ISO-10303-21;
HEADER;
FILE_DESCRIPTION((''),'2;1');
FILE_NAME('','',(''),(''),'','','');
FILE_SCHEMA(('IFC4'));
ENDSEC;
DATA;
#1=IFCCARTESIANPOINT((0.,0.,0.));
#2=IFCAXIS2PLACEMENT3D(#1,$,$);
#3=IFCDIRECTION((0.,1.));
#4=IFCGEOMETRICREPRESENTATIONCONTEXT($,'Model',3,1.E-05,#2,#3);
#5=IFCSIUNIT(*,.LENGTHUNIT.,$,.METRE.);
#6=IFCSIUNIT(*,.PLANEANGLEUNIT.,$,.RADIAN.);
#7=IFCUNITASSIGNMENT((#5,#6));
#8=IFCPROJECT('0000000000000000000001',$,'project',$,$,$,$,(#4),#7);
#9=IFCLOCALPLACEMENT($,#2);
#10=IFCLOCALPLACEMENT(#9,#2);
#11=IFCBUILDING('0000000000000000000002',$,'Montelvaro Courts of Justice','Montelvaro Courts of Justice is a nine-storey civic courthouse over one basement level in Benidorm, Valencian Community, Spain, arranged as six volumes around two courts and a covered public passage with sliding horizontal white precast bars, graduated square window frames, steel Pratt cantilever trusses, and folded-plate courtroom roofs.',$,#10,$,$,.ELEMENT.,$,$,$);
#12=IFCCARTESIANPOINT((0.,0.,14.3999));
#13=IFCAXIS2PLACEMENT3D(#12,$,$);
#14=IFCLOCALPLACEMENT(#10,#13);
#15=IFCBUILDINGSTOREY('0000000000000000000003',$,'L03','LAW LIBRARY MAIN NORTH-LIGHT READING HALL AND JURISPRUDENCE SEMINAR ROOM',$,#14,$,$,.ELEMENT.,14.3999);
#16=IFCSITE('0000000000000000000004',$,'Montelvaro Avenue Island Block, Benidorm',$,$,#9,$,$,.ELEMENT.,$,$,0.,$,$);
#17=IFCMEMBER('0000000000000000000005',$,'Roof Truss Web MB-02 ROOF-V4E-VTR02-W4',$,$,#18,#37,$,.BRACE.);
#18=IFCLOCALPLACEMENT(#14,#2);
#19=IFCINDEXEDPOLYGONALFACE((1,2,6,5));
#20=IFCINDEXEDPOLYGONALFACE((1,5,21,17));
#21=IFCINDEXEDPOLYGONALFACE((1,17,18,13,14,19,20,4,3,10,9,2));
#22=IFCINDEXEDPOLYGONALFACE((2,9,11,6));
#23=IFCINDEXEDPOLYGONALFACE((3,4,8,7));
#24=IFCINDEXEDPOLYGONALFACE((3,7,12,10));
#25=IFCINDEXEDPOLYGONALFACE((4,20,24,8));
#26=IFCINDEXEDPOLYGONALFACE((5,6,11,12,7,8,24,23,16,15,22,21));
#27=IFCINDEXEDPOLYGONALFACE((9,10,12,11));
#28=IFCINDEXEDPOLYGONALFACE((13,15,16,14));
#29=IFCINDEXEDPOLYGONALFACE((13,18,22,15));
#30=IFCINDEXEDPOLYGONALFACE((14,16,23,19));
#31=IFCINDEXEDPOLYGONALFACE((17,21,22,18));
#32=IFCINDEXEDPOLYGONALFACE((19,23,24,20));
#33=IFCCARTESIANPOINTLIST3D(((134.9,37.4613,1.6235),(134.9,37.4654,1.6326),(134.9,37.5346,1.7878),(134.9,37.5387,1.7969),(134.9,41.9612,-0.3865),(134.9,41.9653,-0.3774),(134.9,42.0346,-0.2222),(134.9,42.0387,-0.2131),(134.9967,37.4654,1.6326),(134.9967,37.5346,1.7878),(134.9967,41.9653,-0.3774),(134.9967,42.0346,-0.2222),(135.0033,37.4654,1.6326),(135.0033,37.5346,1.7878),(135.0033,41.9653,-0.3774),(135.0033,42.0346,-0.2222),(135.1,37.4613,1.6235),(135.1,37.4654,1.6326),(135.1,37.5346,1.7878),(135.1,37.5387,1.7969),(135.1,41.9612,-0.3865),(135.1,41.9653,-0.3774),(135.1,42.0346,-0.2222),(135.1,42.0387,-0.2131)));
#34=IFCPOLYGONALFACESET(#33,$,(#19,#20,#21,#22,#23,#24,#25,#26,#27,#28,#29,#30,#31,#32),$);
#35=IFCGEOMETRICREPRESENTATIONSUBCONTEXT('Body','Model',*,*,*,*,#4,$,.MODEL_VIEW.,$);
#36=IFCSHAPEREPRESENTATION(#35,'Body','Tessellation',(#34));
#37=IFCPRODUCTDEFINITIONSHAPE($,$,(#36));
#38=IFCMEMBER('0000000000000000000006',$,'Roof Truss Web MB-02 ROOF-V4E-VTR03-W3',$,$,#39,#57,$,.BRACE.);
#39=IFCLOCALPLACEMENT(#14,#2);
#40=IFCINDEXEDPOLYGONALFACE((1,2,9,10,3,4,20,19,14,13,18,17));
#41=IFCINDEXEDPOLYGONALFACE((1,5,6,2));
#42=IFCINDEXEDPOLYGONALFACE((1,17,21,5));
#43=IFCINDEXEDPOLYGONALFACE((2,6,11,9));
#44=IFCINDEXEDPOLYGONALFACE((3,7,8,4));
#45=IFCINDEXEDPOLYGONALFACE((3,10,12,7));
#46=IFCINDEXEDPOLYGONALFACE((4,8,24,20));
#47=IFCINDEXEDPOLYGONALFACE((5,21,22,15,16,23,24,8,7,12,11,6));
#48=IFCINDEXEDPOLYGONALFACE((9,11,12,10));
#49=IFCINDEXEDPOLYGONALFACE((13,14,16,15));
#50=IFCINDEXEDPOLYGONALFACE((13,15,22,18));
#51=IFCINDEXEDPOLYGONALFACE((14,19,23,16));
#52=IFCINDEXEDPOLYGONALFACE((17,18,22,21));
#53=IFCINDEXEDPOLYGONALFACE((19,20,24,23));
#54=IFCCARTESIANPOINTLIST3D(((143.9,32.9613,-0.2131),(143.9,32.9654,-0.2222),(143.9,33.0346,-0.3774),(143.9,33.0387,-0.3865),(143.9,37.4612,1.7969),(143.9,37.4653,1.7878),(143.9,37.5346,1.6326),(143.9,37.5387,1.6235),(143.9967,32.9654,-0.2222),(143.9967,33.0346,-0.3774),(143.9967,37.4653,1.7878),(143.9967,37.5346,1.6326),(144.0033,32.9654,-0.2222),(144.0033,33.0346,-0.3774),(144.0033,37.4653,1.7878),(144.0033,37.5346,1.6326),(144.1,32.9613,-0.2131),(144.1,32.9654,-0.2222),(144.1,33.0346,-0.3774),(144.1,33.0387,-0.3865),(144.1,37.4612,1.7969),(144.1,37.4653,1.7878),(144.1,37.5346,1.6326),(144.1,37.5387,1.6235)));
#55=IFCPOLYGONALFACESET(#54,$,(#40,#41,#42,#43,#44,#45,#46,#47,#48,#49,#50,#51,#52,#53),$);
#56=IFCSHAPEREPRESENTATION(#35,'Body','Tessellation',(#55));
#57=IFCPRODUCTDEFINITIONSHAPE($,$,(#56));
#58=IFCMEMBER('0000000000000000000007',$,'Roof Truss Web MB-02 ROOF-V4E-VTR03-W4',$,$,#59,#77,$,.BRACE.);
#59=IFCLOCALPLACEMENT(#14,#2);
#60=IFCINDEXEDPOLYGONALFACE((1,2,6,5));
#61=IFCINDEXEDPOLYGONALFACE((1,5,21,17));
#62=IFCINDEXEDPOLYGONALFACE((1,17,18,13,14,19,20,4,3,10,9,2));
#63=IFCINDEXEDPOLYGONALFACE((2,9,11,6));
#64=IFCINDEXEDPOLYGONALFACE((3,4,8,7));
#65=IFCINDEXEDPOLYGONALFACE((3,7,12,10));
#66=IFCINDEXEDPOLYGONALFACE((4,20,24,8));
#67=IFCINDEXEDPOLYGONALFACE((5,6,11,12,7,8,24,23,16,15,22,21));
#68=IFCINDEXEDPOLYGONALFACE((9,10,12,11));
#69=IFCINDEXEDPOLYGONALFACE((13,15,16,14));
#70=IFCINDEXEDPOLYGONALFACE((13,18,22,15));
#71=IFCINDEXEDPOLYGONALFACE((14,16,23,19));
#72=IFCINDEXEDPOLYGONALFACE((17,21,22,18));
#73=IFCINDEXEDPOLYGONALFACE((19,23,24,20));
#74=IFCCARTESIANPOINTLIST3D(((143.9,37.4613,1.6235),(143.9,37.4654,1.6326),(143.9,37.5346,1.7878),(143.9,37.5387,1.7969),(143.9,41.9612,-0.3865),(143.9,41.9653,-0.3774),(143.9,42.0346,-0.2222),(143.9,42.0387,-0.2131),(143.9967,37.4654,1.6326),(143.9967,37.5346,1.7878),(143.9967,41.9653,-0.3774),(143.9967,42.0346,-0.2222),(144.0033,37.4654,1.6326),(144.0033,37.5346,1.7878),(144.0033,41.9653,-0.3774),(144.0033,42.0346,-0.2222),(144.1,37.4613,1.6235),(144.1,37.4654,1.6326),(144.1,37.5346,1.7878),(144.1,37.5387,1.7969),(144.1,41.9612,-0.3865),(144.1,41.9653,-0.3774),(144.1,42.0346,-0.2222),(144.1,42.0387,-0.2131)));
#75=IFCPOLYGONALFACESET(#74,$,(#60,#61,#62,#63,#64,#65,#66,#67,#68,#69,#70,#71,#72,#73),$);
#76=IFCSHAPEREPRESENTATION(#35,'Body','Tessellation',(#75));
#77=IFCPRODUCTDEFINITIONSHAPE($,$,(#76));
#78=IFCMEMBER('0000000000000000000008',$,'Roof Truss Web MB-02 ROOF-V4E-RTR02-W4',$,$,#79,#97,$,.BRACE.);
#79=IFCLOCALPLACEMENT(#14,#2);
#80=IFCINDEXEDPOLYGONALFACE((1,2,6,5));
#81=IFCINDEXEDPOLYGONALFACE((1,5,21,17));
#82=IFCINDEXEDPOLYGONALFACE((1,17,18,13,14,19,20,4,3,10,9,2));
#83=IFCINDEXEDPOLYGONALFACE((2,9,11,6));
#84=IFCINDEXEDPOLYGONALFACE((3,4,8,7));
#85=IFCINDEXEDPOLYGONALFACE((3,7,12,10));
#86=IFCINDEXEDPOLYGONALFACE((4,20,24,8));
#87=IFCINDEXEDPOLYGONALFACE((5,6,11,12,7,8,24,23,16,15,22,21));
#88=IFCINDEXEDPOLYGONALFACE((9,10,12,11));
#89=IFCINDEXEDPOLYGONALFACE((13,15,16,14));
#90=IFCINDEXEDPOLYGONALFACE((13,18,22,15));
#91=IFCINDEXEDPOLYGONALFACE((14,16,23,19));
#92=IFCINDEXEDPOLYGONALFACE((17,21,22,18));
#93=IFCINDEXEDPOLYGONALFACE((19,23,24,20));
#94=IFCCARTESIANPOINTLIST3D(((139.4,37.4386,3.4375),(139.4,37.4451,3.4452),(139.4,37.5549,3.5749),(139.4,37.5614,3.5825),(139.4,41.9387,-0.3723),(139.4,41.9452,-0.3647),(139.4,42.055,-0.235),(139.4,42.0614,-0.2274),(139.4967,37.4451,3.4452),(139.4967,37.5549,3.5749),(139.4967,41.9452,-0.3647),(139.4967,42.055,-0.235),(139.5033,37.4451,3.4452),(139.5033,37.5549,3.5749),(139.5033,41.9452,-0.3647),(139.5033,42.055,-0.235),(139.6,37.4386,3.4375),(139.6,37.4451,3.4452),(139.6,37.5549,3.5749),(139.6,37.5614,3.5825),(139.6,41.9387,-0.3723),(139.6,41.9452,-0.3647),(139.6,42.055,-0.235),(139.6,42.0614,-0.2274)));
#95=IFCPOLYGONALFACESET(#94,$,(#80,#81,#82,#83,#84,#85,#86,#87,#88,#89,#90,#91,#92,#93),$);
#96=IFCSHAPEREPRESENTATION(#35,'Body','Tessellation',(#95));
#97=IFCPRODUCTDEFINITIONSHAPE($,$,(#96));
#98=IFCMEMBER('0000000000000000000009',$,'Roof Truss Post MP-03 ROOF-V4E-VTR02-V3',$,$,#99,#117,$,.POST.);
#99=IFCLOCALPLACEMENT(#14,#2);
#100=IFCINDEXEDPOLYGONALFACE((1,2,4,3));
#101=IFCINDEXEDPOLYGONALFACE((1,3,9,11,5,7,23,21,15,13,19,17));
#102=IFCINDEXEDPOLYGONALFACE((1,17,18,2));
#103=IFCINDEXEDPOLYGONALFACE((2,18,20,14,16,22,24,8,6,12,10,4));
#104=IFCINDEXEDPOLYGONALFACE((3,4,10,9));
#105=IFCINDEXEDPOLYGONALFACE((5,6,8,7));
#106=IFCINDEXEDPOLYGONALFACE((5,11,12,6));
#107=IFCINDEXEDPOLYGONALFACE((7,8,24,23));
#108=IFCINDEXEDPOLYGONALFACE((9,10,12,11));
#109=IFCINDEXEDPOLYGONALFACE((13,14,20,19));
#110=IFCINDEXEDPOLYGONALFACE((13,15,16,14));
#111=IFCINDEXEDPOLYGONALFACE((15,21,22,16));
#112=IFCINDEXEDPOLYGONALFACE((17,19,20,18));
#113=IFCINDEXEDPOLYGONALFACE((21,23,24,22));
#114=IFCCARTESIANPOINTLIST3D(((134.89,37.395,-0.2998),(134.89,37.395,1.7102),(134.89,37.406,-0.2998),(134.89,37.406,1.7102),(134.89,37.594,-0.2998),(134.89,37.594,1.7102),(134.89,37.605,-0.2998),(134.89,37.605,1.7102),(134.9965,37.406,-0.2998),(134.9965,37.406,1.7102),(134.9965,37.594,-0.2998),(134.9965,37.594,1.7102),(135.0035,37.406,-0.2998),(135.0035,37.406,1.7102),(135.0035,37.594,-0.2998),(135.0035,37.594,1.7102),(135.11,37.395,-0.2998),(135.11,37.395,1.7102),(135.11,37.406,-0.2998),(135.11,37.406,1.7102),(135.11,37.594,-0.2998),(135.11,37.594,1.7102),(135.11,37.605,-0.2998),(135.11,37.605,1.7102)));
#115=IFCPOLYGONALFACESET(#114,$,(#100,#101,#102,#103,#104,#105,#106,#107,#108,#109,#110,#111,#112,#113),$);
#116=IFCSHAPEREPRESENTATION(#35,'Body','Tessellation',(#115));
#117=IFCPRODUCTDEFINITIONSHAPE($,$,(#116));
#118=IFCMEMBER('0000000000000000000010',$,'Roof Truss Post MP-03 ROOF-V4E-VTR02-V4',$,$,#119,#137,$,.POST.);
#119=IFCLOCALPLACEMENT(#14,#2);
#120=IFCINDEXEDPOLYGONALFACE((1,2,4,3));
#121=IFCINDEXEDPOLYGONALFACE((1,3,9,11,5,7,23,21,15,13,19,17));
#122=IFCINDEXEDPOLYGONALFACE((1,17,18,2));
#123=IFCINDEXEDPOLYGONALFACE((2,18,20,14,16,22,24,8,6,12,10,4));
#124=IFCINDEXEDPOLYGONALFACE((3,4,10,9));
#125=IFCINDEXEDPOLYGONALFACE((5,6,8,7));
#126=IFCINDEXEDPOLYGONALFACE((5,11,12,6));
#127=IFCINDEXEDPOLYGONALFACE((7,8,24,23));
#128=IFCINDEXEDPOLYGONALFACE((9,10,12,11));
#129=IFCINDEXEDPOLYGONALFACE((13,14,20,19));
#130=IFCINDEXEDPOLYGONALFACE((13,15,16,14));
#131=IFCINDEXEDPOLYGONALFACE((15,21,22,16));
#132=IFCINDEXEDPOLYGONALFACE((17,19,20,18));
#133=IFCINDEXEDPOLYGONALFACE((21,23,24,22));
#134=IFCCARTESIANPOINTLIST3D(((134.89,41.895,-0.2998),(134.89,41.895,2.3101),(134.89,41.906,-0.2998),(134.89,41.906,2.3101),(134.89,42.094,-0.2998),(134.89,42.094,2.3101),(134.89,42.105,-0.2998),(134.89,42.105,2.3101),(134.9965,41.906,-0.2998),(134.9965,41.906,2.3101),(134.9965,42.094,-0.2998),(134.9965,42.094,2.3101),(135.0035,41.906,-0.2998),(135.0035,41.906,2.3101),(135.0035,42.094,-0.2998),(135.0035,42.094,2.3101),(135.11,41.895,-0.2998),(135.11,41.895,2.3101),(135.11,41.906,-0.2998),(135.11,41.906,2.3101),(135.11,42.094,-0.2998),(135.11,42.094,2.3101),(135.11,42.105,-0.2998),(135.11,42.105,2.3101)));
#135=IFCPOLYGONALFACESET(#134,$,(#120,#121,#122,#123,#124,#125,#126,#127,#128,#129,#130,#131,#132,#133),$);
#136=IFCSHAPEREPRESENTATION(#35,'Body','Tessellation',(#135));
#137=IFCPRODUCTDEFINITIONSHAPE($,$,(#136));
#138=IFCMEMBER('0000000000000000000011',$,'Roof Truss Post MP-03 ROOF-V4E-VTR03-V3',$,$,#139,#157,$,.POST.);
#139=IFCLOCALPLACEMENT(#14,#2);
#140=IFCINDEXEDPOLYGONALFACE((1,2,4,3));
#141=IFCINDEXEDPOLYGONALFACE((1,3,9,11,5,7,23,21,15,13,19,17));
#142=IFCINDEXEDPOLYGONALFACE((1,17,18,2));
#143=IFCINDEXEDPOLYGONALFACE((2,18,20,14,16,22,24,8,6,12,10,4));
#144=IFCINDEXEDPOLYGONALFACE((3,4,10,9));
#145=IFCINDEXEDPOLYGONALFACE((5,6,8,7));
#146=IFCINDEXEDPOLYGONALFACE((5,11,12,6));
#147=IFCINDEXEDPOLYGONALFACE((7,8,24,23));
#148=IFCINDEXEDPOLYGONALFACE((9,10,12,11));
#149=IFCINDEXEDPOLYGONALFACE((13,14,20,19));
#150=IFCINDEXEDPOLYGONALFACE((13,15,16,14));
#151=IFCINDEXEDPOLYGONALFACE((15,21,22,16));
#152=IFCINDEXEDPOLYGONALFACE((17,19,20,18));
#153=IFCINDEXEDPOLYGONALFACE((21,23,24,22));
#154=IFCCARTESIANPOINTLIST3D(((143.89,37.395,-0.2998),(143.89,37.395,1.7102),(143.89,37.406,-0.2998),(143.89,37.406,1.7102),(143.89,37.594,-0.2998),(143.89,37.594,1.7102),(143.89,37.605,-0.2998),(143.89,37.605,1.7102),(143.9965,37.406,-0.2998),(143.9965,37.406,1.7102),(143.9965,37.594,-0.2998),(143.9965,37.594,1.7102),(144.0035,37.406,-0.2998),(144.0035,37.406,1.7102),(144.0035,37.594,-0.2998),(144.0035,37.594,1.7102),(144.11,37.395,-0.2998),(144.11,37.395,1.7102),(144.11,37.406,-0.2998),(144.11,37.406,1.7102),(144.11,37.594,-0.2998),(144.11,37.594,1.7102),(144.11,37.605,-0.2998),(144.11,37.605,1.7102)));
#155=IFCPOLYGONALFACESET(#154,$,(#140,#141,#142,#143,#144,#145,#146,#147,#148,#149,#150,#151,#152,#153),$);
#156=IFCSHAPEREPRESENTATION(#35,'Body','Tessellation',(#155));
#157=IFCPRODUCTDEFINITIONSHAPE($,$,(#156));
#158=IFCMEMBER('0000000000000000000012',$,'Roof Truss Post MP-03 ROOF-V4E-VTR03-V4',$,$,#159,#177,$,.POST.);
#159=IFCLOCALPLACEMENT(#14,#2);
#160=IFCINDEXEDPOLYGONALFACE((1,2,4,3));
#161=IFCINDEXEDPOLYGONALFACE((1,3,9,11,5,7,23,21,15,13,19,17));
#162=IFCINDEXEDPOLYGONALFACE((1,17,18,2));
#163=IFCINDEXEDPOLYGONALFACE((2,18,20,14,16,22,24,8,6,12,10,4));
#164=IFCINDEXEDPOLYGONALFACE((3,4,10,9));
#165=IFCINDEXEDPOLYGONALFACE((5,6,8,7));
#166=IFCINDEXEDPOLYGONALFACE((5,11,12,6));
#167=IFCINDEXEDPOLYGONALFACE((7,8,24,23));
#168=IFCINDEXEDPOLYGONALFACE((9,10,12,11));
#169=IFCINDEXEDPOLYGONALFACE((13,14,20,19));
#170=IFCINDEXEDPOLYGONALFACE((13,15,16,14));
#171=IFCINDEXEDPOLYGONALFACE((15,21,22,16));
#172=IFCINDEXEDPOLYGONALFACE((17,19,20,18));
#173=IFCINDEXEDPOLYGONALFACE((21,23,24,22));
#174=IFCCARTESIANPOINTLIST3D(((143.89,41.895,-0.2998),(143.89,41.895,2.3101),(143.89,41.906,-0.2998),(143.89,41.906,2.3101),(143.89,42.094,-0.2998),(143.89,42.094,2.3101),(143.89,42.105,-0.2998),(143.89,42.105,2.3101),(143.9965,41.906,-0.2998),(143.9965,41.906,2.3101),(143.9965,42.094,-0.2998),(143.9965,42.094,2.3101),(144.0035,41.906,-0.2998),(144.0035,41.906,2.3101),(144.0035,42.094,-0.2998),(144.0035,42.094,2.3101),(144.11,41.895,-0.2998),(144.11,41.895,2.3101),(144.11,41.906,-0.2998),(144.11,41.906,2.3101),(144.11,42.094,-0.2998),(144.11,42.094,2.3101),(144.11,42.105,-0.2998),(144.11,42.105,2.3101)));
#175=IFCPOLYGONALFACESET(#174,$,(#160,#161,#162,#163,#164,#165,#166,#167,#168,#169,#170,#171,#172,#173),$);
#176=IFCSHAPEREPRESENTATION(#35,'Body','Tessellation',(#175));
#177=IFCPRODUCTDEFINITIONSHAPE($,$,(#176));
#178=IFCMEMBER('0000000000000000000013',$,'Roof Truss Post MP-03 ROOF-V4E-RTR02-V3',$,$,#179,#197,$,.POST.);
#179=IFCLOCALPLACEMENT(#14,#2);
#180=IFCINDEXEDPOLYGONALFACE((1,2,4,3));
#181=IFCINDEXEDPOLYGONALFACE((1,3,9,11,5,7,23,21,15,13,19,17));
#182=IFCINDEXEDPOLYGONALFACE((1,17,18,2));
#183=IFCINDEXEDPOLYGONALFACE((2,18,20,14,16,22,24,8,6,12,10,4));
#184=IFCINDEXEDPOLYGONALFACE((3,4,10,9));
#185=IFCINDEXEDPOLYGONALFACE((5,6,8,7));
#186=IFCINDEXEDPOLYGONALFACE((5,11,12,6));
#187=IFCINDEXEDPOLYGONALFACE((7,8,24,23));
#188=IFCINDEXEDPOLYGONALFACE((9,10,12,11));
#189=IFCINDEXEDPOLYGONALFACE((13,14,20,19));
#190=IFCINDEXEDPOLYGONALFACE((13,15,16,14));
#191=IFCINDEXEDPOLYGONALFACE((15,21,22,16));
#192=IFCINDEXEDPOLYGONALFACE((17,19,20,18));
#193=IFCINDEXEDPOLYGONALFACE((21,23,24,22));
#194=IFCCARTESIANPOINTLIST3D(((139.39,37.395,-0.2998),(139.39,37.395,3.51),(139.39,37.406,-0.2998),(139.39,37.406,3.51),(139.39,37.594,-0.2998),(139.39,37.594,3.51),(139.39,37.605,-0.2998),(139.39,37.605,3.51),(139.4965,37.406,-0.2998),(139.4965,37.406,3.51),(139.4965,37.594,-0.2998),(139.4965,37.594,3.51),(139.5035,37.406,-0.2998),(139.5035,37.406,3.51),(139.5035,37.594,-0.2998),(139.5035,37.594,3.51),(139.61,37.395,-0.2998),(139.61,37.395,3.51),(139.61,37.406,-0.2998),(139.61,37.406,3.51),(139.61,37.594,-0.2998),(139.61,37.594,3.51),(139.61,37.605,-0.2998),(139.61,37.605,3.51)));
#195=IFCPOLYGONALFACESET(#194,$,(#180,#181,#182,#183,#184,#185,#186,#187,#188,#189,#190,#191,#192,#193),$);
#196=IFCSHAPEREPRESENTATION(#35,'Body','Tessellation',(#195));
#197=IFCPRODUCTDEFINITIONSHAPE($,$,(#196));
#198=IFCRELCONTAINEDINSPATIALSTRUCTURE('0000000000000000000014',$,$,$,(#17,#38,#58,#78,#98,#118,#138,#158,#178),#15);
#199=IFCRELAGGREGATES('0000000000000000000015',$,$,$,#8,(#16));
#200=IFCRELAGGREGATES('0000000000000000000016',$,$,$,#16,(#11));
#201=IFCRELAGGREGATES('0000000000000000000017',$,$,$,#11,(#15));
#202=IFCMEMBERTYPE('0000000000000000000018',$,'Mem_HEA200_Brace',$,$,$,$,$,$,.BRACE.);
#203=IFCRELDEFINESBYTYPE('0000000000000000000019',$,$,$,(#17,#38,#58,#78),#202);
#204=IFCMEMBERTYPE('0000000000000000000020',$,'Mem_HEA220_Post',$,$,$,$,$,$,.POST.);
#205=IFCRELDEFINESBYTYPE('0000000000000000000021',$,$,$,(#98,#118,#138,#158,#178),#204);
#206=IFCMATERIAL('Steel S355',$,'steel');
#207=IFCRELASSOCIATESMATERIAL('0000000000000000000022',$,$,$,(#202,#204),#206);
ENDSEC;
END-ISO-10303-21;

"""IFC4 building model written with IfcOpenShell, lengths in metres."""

from ifc_helpers import new_model, si_unit, direction, frame, origin, origin_2d, place, context, subcontext, project, spatial, i_section, extrude, material, material_profile, profile_set, type_object, element, save


model = new_model("IFC4")

# Units and contexts
model_context = context("Model", 3, precision=1e-05, world=origin(), true_north=direction((0.0, 1.0)))
body_context = subcontext(model_context, "Body", "Model", "MODEL_VIEW")
ifc_project = project(units=[si_unit("LENGTHUNIT", "METRE"), si_unit("PLANEANGLEUNIT", "RADIAN")], contexts=[model_context])

# Site, building, storey
site_placement = place(None, origin())
site = spatial("IfcSite", under=ifc_project, at=site_placement, Name="Montelvaro Avenue Island Block, Benidorm", CompositionType="ELEMENT", RefElevation=0.0)
building_placement = place(site_placement, origin())
building = spatial("IfcBuilding", under=site, at=building_placement, Name="Montelvaro Courts of Justice", Description="Montelvaro Courts of Justice is a nine-storey civic courthouse over one basement level in Benidorm, Valencian Community, Spain, arranged as six volumes around two courts and a covered public passage with sliding horizontal white precast bars, graduated square window frames, steel Pratt cantilever trusses, and folded-plate courtroom roofs.", CompositionType="ELEMENT")
storey_placement = place(building_placement, frame((0.0, 0.0, 14.3999)))
storey = spatial("IfcBuildingStorey", under=building, at=storey_placement, Name="L03", Description="LAW LIBRARY MAIN NORTH-LIGHT READING HALL AND JURISPRUDENCE SEMINAR ROOM", CompositionType="ELEMENT", Elevation=14.3999)

# Members
ifc_material = material(Name="Steel S355", Category="steel")
ifc_material_profile_1 = material_profile(ifc_material, i_section(OverallWidth=0.2, OverallDepth=0.1899, WebThickness=0.0066, FlangeThickness=0.01, at=origin_2d()), Name="HEA 200")
ifc_profile_set_1 = profile_set([ifc_material_profile_1], Name="Steel S355")
member_type_1 = type_object("IfcMemberType", Name="Mem_HEA200_Brace", PredefinedType="BRACE", material=ifc_profile_set_1)
for number, where, z_axis, x_axis, name in (
    (1, (135.0, 37.5, 1.7102), (0.0, 0.913056, -0.407834), (-1.0, 0.0, 0.0), "Roof Truss Web MB-02 ROOF-V4E-VTR02-W4"),
    (2, (144.0, 33.0, -0.2998), (0.0, 0.913056, 0.407834), (-1.0, 0.0, 0.0), "Roof Truss Web MB-02 ROOF-V4E-VTR03-W3"),
    (3, (144.0, 37.5, 1.7102), (0.0, 0.913056, -0.407834), (-1.0, 0.0, 0.0), "Roof Truss Web MB-02 ROOF-V4E-VTR03-W4"),
):
    element("IfcMember", number, at=place(storey_placement, frame(where, z_axis=z_axis, x_axis=x_axis)), inside=storey, type_object=member_type_1, Name=name, PredefinedType="BRACE", context=body_context, shape_type="SweptSolid", body=[
        extrude(i_section(OverallWidth=0.2, OverallDepth=0.1899, WebThickness=0.0066, FlangeThickness=0.01, at=origin_2d()), origin(), (0.0, 0.0, 1.0), 4.9285),
    ])
member_1_placement = place(storey_placement, frame((139.5, 37.5, 3.51), z_axis=(0.0, 0.763209, -0.646152), x_axis=(-1.0, 0.0, 0.0)))
element("IfcMember", 4, at=member_1_placement, inside=storey, type_object=member_type_1, Name="Roof Truss Web MB-02 ROOF-V4E-RTR02-W4", PredefinedType="BRACE", context=body_context, shape_type="SweptSolid", body=[
    extrude(i_section(OverallWidth=0.2, OverallDepth=0.1899, WebThickness=0.0066, FlangeThickness=0.01, at=origin_2d()), origin(), (0.0, 0.0, 1.0), 5.8962),
])
ifc_material_profile_2 = material_profile(ifc_material, i_section(OverallWidth=0.22, OverallDepth=0.21, WebThickness=0.0071, FlangeThickness=0.011, at=origin_2d()), Name="HEA 220")
ifc_profile_set_2 = profile_set([ifc_material_profile_2], Name="Steel S355")
member_type_2 = type_object("IfcMemberType", Name="Mem_HEA220_Post", PredefinedType="POST", material=ifc_profile_set_2)
member_2_placement = place(storey_placement, frame((135.0, 37.5, -0.2998), z_axis=(0.0, 0.0, 1.0), x_axis=(1.0, 0.0, 0.0)))
element("IfcMember", 5, at=member_2_placement, inside=storey, type_object=member_type_2, Name="Roof Truss Post MP-03 ROOF-V4E-VTR02-V3", PredefinedType="POST", context=body_context, shape_type="SweptSolid", body=[
    extrude(i_section(OverallWidth=0.22, OverallDepth=0.21, WebThickness=0.0071, FlangeThickness=0.011, at=origin_2d()), origin(), (0.0, 0.0, 1.0), 2.01),
])
member_3_placement = place(storey_placement, frame((135.0, 42.0, -0.2998), z_axis=(0.0, 0.0, 1.0), x_axis=(1.0, 0.0, 0.0)))
element("IfcMember", 6, at=member_3_placement, inside=storey, type_object=member_type_2, Name="Roof Truss Post MP-03 ROOF-V4E-VTR02-V4", PredefinedType="POST", context=body_context, shape_type="SweptSolid", body=[
    extrude(i_section(OverallWidth=0.22, OverallDepth=0.21, WebThickness=0.0071, FlangeThickness=0.011, at=origin_2d()), origin(), (0.0, 0.0, 1.0), 2.6099),
])
member_4_placement = place(storey_placement, frame((144.0, 37.5, -0.2998), z_axis=(0.0, 0.0, 1.0), x_axis=(1.0, 0.0, 0.0)))
element("IfcMember", 7, at=member_4_placement, inside=storey, type_object=member_type_2, Name="Roof Truss Post MP-03 ROOF-V4E-VTR03-V3", PredefinedType="POST", context=body_context, shape_type="SweptSolid", body=[
    extrude(i_section(OverallWidth=0.22, OverallDepth=0.21, WebThickness=0.0071, FlangeThickness=0.011, at=origin_2d()), origin(), (0.0, 0.0, 1.0), 2.01),
])
member_5_placement = place(storey_placement, frame((144.0, 42.0, -0.2998), z_axis=(0.0, 0.0, 1.0), x_axis=(1.0, 0.0, 0.0)))
element("IfcMember", 8, at=member_5_placement, inside=storey, type_object=member_type_2, Name="Roof Truss Post MP-03 ROOF-V4E-VTR03-V4", PredefinedType="POST", context=body_context, shape_type="SweptSolid", body=[
    extrude(i_section(OverallWidth=0.22, OverallDepth=0.21, WebThickness=0.0071, FlangeThickness=0.011, at=origin_2d()), origin(), (0.0, 0.0, 1.0), 2.6099),
])
member_6_placement = place(storey_placement, frame((139.5, 37.5, -0.2998), z_axis=(0.0, 0.0, 1.0), x_axis=(1.0, 0.0, 0.0)))
element("IfcMember", 9, at=member_6_placement, inside=storey, type_object=member_type_2, Name="Roof Truss Post MP-03 ROOF-V4E-RTR02-V3", PredefinedType="POST", context=body_context, shape_type="SweptSolid", body=[
    extrude(i_section(OverallWidth=0.22, OverallDepth=0.21, WebThickness=0.0071, FlangeThickness=0.011, at=origin_2d()), origin(), (0.0, 0.0, 1.0), 3.8098),
])

save(model, "model.ifc")
